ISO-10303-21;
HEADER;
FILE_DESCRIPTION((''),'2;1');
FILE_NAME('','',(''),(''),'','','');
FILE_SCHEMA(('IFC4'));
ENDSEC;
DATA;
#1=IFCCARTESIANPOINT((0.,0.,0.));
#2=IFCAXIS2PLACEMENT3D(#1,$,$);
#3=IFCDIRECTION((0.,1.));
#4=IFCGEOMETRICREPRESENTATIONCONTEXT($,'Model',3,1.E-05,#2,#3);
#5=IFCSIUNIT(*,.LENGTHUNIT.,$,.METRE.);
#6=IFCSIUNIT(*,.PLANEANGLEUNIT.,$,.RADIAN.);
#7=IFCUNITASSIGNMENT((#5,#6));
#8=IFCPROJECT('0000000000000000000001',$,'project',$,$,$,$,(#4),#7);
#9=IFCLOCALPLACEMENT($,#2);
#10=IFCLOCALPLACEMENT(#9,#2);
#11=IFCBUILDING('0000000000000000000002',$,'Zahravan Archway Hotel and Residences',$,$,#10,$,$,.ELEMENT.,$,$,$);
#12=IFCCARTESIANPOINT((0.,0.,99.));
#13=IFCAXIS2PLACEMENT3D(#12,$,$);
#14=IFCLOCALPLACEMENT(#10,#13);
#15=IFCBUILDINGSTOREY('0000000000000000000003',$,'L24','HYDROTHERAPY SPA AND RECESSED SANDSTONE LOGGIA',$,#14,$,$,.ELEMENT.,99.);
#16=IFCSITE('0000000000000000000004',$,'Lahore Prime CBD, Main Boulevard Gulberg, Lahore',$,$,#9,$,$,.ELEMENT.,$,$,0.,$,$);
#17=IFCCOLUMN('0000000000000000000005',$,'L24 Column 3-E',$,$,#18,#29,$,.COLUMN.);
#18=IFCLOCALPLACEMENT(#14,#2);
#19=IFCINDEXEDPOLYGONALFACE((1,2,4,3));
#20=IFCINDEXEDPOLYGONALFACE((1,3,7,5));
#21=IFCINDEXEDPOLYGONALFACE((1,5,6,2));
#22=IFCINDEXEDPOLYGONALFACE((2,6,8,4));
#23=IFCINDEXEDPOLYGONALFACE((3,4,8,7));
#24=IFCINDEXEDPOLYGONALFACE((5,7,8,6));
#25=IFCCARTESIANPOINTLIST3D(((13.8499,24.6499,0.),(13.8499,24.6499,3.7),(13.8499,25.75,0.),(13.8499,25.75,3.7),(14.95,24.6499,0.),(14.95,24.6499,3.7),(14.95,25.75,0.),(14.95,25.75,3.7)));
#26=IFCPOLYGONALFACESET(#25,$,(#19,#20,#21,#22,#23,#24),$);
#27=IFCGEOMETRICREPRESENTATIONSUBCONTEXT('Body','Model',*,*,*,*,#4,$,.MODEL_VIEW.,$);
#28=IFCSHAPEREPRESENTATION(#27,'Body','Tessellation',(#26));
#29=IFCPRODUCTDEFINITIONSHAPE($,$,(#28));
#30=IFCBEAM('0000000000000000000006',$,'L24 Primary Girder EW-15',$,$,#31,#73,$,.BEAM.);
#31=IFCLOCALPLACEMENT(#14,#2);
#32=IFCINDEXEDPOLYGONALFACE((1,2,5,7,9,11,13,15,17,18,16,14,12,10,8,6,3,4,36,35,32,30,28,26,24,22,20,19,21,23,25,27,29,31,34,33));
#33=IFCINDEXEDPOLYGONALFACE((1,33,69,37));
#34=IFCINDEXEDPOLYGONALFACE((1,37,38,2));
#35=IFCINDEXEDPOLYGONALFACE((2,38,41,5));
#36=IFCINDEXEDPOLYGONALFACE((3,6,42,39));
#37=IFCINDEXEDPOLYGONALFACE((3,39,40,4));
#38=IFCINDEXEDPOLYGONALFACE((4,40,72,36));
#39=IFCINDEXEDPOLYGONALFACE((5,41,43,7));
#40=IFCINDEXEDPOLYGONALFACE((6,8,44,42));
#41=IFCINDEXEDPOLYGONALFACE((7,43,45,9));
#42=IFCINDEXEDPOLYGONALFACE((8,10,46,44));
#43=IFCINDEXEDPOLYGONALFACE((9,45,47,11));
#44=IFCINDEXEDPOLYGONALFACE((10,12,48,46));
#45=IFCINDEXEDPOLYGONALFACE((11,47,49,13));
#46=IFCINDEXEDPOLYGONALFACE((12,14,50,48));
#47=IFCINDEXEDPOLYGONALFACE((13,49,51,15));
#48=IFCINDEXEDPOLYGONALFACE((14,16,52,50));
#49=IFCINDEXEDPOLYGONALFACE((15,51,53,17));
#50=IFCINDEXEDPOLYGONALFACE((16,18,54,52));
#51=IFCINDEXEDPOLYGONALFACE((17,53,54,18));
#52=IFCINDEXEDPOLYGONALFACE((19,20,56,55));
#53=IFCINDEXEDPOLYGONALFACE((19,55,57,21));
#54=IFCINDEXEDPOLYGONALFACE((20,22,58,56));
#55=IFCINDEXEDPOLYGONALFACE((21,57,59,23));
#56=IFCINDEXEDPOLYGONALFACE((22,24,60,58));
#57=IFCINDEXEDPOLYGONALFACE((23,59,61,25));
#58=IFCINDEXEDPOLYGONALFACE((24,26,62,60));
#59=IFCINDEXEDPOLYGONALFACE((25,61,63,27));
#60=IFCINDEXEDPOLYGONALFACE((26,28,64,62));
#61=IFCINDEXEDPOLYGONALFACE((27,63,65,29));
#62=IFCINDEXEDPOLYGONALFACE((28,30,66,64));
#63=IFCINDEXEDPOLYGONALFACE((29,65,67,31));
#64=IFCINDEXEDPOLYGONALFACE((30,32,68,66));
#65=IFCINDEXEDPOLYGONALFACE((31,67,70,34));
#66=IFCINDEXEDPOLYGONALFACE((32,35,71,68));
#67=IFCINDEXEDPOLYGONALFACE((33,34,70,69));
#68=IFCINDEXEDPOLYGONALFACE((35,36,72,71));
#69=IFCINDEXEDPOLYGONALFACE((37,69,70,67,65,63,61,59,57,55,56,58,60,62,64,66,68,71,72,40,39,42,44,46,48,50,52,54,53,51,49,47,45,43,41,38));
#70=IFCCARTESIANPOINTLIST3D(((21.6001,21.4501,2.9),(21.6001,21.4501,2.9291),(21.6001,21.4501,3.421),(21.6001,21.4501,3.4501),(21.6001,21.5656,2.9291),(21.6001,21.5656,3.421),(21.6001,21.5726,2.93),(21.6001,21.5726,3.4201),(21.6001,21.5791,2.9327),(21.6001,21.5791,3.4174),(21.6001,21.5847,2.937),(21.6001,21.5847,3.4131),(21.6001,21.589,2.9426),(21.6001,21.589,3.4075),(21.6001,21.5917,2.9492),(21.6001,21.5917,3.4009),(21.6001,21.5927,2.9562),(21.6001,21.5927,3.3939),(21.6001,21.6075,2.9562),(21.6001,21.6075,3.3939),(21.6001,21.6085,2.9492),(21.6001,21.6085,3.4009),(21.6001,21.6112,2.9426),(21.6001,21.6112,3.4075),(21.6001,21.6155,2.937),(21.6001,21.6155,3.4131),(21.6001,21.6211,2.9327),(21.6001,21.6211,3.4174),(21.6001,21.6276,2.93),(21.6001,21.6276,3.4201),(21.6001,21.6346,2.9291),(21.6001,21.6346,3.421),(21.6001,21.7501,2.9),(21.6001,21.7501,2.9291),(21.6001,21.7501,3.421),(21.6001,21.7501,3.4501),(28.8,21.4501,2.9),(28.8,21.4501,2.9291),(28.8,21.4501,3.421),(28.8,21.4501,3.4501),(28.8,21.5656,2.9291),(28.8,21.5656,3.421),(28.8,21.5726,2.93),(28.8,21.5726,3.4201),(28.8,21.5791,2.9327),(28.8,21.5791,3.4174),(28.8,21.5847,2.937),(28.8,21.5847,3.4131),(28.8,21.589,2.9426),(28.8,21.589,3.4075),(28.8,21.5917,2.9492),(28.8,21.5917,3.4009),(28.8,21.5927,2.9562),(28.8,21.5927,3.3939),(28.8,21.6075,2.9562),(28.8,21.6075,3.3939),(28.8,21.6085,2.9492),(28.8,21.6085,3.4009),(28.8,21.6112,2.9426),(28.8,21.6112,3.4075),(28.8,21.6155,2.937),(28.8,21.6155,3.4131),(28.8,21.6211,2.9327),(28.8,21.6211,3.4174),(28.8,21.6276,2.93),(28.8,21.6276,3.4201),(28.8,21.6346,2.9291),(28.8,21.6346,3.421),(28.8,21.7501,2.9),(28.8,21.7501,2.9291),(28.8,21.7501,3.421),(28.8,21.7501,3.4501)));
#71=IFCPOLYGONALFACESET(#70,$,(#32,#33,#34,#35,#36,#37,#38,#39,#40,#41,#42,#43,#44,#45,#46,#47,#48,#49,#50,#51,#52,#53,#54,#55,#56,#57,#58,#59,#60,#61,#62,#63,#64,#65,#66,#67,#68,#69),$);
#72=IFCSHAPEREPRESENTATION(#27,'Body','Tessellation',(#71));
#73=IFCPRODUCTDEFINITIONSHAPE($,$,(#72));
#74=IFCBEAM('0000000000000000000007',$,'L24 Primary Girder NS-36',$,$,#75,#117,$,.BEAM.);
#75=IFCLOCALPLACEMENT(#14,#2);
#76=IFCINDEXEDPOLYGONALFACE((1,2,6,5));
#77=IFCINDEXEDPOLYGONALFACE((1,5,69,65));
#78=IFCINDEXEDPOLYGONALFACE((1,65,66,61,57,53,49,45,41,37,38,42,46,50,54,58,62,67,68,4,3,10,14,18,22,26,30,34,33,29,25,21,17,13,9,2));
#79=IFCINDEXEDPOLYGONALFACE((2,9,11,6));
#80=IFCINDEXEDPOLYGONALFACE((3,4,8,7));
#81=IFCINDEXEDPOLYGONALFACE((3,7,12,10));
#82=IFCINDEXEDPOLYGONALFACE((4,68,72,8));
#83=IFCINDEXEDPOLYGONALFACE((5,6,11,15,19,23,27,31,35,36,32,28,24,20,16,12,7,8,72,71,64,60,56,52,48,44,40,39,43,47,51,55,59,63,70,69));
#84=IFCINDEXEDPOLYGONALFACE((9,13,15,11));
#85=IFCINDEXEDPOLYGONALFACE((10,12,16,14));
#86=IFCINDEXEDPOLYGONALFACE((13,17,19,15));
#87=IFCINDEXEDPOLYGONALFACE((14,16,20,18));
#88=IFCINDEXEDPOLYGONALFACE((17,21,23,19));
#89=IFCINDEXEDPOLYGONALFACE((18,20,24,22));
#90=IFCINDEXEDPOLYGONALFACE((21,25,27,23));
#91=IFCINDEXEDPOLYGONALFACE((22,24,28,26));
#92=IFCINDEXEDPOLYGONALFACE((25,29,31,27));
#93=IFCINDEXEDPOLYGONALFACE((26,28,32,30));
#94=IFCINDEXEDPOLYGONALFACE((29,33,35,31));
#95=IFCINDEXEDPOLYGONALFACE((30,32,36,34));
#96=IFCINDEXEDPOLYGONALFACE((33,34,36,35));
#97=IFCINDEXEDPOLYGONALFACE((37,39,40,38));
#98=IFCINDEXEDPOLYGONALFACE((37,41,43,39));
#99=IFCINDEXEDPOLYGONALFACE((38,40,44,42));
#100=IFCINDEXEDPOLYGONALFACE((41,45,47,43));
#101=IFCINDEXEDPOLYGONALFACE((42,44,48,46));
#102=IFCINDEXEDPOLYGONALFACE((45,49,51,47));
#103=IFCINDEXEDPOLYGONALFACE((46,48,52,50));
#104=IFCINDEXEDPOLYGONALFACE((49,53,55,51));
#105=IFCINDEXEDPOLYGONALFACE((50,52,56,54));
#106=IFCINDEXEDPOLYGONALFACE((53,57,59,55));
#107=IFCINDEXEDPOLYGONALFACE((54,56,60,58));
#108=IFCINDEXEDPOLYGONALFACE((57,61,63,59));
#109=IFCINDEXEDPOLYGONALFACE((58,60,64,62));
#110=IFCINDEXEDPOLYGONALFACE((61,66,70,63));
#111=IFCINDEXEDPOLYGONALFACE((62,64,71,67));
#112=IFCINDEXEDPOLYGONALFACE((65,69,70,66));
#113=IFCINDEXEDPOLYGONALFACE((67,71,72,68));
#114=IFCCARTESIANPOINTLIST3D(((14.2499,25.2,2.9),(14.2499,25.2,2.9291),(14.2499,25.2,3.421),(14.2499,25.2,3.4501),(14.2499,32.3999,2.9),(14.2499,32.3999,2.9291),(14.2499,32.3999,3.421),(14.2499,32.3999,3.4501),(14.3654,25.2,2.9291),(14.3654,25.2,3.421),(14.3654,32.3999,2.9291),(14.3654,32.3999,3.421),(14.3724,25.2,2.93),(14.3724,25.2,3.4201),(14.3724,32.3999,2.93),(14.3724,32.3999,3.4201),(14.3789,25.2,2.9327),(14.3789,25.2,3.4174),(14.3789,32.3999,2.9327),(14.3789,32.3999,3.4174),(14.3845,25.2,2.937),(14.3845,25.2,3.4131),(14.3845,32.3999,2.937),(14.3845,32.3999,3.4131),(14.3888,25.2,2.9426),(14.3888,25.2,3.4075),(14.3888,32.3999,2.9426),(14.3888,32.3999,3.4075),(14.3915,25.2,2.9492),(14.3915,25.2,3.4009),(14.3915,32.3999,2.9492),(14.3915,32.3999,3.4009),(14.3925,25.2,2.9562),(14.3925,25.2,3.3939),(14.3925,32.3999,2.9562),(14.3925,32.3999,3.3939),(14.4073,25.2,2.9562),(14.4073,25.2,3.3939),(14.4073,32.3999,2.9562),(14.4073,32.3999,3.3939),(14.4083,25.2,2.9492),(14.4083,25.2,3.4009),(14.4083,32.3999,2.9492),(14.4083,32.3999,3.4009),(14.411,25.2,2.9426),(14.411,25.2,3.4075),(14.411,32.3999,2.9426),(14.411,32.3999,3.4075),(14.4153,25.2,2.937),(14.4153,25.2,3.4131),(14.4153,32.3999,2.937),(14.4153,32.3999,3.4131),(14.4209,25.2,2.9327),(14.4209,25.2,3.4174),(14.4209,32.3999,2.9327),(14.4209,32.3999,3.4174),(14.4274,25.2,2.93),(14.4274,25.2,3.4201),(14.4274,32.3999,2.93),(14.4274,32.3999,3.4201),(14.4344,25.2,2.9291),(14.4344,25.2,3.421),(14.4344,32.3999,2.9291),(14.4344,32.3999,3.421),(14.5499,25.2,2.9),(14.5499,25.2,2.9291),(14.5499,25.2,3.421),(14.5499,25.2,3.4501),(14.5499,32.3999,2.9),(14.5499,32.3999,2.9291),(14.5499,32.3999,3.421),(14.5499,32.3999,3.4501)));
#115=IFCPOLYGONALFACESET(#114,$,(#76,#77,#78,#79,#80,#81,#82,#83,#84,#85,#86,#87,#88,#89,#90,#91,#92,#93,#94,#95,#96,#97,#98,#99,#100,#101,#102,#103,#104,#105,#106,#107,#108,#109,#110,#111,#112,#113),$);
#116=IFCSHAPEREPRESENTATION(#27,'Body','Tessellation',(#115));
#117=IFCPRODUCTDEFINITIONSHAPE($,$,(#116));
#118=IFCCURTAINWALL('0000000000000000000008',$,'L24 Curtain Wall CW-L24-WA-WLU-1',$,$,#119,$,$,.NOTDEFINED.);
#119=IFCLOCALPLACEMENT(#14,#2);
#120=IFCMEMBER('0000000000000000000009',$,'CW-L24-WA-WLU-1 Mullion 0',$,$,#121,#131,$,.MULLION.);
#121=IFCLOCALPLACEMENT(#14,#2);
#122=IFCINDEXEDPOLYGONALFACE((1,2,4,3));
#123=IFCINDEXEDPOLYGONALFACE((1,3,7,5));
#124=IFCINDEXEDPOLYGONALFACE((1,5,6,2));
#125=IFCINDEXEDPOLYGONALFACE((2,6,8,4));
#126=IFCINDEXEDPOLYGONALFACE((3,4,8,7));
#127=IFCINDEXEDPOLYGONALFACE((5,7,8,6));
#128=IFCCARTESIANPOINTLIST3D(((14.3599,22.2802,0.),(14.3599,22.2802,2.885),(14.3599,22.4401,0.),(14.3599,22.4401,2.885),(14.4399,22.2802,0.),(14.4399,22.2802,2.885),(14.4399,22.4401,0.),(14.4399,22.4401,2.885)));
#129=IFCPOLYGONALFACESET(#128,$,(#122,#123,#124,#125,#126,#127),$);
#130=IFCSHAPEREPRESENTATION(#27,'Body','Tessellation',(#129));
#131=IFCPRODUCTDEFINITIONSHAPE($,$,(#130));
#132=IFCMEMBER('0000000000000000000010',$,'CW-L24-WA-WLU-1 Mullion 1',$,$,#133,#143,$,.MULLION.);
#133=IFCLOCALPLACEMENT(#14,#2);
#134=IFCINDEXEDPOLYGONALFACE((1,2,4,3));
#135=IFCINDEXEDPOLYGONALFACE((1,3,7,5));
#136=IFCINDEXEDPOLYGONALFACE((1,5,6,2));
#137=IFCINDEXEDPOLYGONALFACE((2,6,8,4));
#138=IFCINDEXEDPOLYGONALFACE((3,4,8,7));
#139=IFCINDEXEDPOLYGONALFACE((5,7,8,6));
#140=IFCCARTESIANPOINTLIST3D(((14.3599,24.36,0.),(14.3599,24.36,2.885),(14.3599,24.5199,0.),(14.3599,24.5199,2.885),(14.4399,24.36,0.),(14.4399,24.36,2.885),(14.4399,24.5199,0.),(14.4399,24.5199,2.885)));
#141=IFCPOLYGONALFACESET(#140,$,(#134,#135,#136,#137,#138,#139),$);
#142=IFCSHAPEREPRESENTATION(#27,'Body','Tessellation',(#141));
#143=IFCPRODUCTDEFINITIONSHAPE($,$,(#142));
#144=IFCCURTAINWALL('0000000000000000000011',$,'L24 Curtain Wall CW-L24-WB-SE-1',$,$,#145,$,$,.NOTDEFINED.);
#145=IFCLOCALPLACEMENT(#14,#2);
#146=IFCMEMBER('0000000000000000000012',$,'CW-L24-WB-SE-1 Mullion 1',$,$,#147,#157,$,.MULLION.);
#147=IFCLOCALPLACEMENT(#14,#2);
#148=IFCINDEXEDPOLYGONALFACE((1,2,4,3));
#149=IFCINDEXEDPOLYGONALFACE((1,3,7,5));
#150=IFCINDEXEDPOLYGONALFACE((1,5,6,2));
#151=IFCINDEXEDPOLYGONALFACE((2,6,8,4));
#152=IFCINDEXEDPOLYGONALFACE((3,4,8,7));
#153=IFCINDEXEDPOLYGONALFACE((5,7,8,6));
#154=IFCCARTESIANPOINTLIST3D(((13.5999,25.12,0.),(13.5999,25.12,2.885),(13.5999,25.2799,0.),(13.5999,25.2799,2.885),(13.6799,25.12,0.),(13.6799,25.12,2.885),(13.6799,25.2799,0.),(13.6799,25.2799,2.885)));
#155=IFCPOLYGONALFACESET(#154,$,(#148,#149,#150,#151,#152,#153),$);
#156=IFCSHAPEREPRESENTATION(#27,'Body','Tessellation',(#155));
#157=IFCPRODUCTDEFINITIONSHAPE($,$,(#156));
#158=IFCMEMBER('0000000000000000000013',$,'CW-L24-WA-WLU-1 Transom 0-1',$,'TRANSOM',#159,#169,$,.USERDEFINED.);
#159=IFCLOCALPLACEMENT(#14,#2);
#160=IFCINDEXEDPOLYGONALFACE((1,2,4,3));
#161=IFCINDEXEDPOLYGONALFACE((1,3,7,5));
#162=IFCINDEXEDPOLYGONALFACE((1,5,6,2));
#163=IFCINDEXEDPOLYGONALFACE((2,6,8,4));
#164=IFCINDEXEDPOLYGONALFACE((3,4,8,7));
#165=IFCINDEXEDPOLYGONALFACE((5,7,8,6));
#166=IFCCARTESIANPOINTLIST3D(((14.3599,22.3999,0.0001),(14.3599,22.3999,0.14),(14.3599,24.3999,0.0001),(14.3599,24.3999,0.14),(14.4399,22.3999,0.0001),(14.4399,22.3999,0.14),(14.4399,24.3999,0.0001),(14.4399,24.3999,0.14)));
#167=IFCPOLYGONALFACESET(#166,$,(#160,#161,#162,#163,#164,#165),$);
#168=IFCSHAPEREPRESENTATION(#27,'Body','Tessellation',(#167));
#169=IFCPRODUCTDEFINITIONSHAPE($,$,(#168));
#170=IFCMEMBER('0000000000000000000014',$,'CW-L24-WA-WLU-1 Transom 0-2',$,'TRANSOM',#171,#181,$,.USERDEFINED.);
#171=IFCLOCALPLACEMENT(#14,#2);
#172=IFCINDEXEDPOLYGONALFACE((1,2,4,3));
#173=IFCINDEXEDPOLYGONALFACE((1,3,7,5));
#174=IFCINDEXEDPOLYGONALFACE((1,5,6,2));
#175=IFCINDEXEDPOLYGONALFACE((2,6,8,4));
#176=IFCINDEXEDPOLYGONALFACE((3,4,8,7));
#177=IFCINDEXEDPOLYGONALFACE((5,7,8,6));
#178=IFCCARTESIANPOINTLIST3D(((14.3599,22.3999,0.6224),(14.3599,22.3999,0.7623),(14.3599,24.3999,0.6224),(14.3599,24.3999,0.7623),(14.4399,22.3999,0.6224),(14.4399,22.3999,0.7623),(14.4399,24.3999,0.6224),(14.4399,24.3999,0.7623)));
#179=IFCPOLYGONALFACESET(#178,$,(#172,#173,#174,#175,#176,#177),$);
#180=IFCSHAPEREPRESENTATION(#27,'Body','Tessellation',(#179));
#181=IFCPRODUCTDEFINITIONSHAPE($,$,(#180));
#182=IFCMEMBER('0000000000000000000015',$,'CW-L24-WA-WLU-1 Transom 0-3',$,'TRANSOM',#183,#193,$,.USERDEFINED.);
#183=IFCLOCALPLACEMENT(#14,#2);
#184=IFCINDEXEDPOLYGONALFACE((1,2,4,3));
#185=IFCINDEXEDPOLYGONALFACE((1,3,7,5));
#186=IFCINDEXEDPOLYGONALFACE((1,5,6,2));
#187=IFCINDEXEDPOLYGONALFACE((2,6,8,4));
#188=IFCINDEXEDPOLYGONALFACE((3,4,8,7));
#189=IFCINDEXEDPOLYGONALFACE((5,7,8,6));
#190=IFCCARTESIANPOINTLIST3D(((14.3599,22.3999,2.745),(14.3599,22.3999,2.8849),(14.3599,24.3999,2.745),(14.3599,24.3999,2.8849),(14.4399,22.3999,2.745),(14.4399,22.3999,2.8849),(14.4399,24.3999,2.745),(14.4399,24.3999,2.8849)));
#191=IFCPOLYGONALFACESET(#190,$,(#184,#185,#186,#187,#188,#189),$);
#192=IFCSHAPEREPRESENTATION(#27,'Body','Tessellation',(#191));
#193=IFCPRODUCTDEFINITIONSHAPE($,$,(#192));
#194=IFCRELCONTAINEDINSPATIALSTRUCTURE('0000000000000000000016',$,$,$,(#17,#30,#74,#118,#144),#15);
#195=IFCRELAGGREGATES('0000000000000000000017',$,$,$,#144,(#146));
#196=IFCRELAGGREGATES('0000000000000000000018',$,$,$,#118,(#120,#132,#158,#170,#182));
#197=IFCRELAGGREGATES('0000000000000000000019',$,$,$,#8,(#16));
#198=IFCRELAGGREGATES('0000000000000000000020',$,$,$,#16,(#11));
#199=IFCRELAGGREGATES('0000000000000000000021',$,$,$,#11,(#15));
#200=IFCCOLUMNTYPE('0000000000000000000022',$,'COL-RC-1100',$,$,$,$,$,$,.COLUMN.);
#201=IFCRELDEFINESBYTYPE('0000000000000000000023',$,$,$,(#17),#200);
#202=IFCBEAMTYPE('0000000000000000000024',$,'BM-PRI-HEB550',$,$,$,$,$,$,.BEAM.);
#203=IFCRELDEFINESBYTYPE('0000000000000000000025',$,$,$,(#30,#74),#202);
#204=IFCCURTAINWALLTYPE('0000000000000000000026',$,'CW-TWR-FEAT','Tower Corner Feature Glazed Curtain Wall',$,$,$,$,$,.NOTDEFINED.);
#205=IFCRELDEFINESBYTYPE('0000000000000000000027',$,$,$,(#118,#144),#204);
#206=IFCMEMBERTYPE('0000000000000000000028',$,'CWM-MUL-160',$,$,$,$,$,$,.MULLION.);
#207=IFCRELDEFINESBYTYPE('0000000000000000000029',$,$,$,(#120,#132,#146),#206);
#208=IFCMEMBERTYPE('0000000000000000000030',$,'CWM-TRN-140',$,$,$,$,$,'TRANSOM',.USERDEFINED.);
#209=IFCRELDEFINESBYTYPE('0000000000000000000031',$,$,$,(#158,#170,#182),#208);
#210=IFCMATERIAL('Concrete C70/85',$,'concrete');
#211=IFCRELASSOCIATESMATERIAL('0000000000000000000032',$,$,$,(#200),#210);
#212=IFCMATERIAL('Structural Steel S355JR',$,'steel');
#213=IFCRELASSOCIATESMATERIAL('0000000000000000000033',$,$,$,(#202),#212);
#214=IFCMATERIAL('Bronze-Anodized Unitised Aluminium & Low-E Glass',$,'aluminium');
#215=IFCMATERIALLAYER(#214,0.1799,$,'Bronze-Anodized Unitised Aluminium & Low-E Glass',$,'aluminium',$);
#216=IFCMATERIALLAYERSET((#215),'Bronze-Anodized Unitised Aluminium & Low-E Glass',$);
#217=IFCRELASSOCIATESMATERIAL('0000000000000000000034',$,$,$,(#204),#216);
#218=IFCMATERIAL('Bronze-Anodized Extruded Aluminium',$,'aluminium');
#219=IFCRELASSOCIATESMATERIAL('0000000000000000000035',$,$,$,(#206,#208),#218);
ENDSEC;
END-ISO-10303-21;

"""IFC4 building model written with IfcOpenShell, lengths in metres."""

from ifc_helpers import new_model, si_unit, direction, frame, origin, origin_2d, place, context, subcontext, project, spatial, rectangle, i_section, extrude, source, transform, mapped, material, layer, layer_set, material_profile, profile_set, type_object, element, aggregate, save


model = new_model("IFC4")

# Units and contexts
model_context = context("Model", 3, precision=1e-05, world=origin(), true_north=direction((0.0, 1.0)))
body_context = subcontext(model_context, "Body", "Model", "MODEL_VIEW")
ifc_project = project(units=[si_unit("LENGTHUNIT", "METRE"), si_unit("PLANEANGLEUNIT", "RADIAN")], contexts=[model_context])

# Site, building, storey
site_placement = place(None, origin())
site = spatial("IfcSite", under=ifc_project, at=site_placement, Name="Lahore Prime CBD, Main Boulevard Gulberg, Lahore", CompositionType="ELEMENT", RefElevation=0.0)
building_placement = place(site_placement, origin())
building = spatial("IfcBuilding", under=site, at=building_placement, Name="Zahravan Archway Hotel and Residences", CompositionType="ELEMENT")
storey_placement = place(building_placement, frame((0.0, 0.0, 99.0)))
storey = spatial("IfcBuildingStorey", under=building, at=storey_placement, Name="L24", Description="HYDROTHERAPY SPA AND RECESSED SANDSTONE LOGGIA", CompositionType="ELEMENT", Elevation=99.0)

# Column
ifc_material_1 = material(Name="Concrete C70/85", Category="concrete")
ifc_material_profile_1 = material_profile(ifc_material_1, rectangle(XDim=1.1001, YDim=1.1001, at=origin_2d()), Name="RC 1100x1100", Category="concrete")
ifc_profile_set_1 = profile_set([ifc_material_profile_1], Name="Concrete C70/85")
column_type = type_object("IfcColumnType", Name="COL-RC-1100", PredefinedType="COLUMN", material=ifc_profile_set_1)
shared_shape_1 = source(origin(), body_context, "Body", "SweptSolid", [
    extrude(rectangle(XDim=1.1001, YDim=1.1001, at=origin_2d()), origin(), (0.0, 0.0, 1.0), 3.7),
])
column_placement = place(storey_placement, frame((14.3999, 25.2, 0.0), z_axis=(0.0, 0.0, 1.0), x_axis=(1.0, 0.0, 0.0)))
element("IfcColumn", 1, at=column_placement, inside=storey, type_object=column_type, Name="L24 Column 3-E", PredefinedType="COLUMN", context=body_context, shape_type="MappedRepresentation", body=[
    mapped(shared_shape_1, transform((0.0, 0.0, 0.0), scale=1.0)),
])

# Beams
ifc_material_2 = material(Name="Structural Steel S355JR", Category="steel")
ifc_material_profile_2 = material_profile(ifc_material_2, i_section(OverallWidth=0.3, OverallDepth=0.55, WebThickness=0.0149, FlangeThickness=0.0291, FilletRadius=0.0271, at=origin_2d()), Name="HEB 550", Category="steel")
ifc_profile_set_2 = profile_set([ifc_material_profile_2], Name="Structural Steel S355JR")
beam_type = type_object("IfcBeamType", Name="BM-PRI-HEB550", PredefinedType="BEAM", material=ifc_profile_set_2)
shared_shape_2 = source(origin(), body_context, "Body", "SweptSolid", [
    extrude(i_section(OverallWidth=0.3, OverallDepth=0.55, WebThickness=0.0149, FlangeThickness=0.0291, FilletRadius=0.0271, at=origin_2d()), origin(), (0.0, 0.0, 1.0), 7.2),
])
for number, where, z_axis, x_axis, name in (
    (2, (21.6001, 21.6001, 3.175), (1.0, 0.0, 0.0), (0.0, 1.0, 0.0), "L24 Primary Girder EW-15"),
    (3, (14.3999, 25.2, 3.175), (0.0, 1.0, 0.0), (-1.0, 0.0, 0.0), "L24 Primary Girder NS-36"),
):
    element("IfcBeam", number, at=place(storey_placement, frame(where, z_axis=z_axis, x_axis=x_axis)), inside=storey, type_object=beam_type, Name=name, PredefinedType="BEAM", context=body_context, shape_type="MappedRepresentation", body=[
        mapped(shared_shape_2, transform((0.0, 0.0, 0.0), scale=1.0)),
    ])

# Curtain wall, members
ifc_material_3 = material(Name="Bronze-Anodized Unitised Aluminium & Low-E Glass", Category="aluminium")
ifc_layer_1 = layer(ifc_material_3, 0.1799, Name="Bronze-Anodized Unitised Aluminium & Low-E Glass", Category="aluminium")
ifc_layer_set_1 = layer_set([ifc_layer_1], Name="Bronze-Anodized Unitised Aluminium & Low-E Glass")
curtain_wall_type = type_object("IfcCurtainWallType", Name="CW-TWR-FEAT", Description="Tower Corner Feature Glazed Curtain Wall", PredefinedType="NOTDEFINED", material=ifc_layer_set_1)
curtain_wall_1_placement = place(storey_placement, origin())
curtain_wall_1 = element("IfcCurtainWall", 4, at=curtain_wall_1_placement, inside=storey, type_object=curtain_wall_type, Name="L24 Curtain Wall CW-L24-WA-WLU-1", PredefinedType="NOTDEFINED")
ifc_material_4 = material(Name="Bronze-Anodized Extruded Aluminium", Category="aluminium")
ifc_material_profile_3 = material_profile(ifc_material_4, rectangle(XDim=0.0801, YDim=0.1599, at=origin_2d()), Name="MUL 80x160", Category="aluminium")
ifc_profile_set_3 = profile_set([ifc_material_profile_3], Name="Bronze-Anodized Extruded Aluminium")
member_type_1 = type_object("IfcMemberType", Name="CWM-MUL-160", PredefinedType="MULLION", material=ifc_profile_set_3)
shared_shape_3 = source(origin(), body_context, "Body", "SweptSolid", [
    extrude(rectangle(XDim=0.0801, YDim=0.1599, at=origin_2d()), origin(), (0.0, 0.0, 1.0), 2.885),
])
member_1_placement = place(storey_placement, frame((14.3999, 22.3601, 0.0), z_axis=(0.0, 0.0, 1.0), x_axis=(1.0, 0.0, 0.0)))
member_1 = element("IfcMember", 5, at=member_1_placement, type_object=member_type_1, Name="CW-L24-WA-WLU-1 Mullion 0", PredefinedType="MULLION", context=body_context, shape_type="MappedRepresentation", body=[
    mapped(shared_shape_3, transform((0.0, 0.0, 0.0), scale=1.0)),
])
member_2_placement = place(storey_placement, frame((14.3999, 24.4399, 0.0), z_axis=(0.0, 0.0, 1.0), x_axis=(1.0, 0.0, 0.0)))
member_2 = element("IfcMember", 6, at=member_2_placement, type_object=member_type_1, Name="CW-L24-WA-WLU-1 Mullion 1", PredefinedType="MULLION", context=body_context, shape_type="MappedRepresentation", body=[
    mapped(shared_shape_3, transform((0.0, 0.0, 0.0), scale=1.0)),
])

# Curtain wall, member
curtain_wall_2_placement = place(storey_placement, origin())
curtain_wall_2 = element("IfcCurtainWall", 7, at=curtain_wall_2_placement, inside=storey, type_object=curtain_wall_type, Name="L24 Curtain Wall CW-L24-WB-SE-1", PredefinedType="NOTDEFINED")
member_3_placement = place(storey_placement, frame((13.6399, 25.2, 0.0), z_axis=(0.0, 0.0, 1.0), x_axis=(1.0, 0.0, 0.0)))
member_3 = element("IfcMember", 8, at=member_3_placement, type_object=member_type_1, Name="CW-L24-WB-SE-1 Mullion 1", PredefinedType="MULLION", context=body_context, shape_type="MappedRepresentation", body=[
    mapped(shared_shape_3, transform((0.0, 0.0, 0.0), scale=1.0)),
])

# Members
ifc_material_profile_4 = material_profile(ifc_material_4, rectangle(XDim=0.0801, YDim=0.1399, at=origin_2d()), Name="TRN 80x140", Category="aluminium")
ifc_profile_set_4 = profile_set([ifc_material_profile_4], Name="Bronze-Anodized Extruded Aluminium")
member_type_2 = type_object("IfcMemberType", Name="CWM-TRN-140", ElementType="TRANSOM", PredefinedType="USERDEFINED", material=ifc_profile_set_4)
shared_shape_4 = source(origin(), body_context, "Body", "SweptSolid", [
    extrude(rectangle(XDim=0.0801, YDim=0.1399, at=origin_2d()), origin(), (0.0, 0.0, 1.0), 2.0),
])
member_4_placement = place(storey_placement, frame((14.3999, 22.3999, 0.0701), z_axis=(0.0, 1.0, 0.0), x_axis=(-1.0, 0.0, 0.0)))
member_4 = element("IfcMember", 9, at=member_4_placement, type_object=member_type_2, Name="CW-L24-WA-WLU-1 Transom 0-1", ObjectType="TRANSOM", PredefinedType="USERDEFINED", context=body_context, shape_type="MappedRepresentation", body=[
    mapped(shared_shape_4, transform((0.0, 0.0, 0.0), scale=1.0)),
])
member_5_placement = place(storey_placement, frame((14.3999, 22.3999, 0.6924), z_axis=(0.0, 1.0, 0.0), x_axis=(-1.0, 0.0, 0.0)))
member_5 = element("IfcMember", 10, at=member_5_placement, type_object=member_type_2, Name="CW-L24-WA-WLU-1 Transom 0-2", ObjectType="TRANSOM", PredefinedType="USERDEFINED", context=body_context, shape_type="MappedRepresentation", body=[
    mapped(shared_shape_4, transform((0.0, 0.0, 0.0), scale=1.0)),
])
member_6_placement = place(storey_placement, frame((14.3999, 22.3999, 2.8149), z_axis=(0.0, 1.0, 0.0), x_axis=(-1.0, 0.0, 0.0)))
member_6 = element("IfcMember", 11, at=member_6_placement, type_object=member_type_2, Name="CW-L24-WA-WLU-1 Transom 0-3", ObjectType="TRANSOM", PredefinedType="USERDEFINED", context=body_context, shape_type="MappedRepresentation", body=[
    mapped(shared_shape_4, transform((0.0, 0.0, 0.0), scale=1.0)),
])

aggregate(curtain_wall_2, [member_3])
aggregate(curtain_wall_1, [member_1, member_2, member_4, member_5, member_6])

save(model, "model.ifc")
